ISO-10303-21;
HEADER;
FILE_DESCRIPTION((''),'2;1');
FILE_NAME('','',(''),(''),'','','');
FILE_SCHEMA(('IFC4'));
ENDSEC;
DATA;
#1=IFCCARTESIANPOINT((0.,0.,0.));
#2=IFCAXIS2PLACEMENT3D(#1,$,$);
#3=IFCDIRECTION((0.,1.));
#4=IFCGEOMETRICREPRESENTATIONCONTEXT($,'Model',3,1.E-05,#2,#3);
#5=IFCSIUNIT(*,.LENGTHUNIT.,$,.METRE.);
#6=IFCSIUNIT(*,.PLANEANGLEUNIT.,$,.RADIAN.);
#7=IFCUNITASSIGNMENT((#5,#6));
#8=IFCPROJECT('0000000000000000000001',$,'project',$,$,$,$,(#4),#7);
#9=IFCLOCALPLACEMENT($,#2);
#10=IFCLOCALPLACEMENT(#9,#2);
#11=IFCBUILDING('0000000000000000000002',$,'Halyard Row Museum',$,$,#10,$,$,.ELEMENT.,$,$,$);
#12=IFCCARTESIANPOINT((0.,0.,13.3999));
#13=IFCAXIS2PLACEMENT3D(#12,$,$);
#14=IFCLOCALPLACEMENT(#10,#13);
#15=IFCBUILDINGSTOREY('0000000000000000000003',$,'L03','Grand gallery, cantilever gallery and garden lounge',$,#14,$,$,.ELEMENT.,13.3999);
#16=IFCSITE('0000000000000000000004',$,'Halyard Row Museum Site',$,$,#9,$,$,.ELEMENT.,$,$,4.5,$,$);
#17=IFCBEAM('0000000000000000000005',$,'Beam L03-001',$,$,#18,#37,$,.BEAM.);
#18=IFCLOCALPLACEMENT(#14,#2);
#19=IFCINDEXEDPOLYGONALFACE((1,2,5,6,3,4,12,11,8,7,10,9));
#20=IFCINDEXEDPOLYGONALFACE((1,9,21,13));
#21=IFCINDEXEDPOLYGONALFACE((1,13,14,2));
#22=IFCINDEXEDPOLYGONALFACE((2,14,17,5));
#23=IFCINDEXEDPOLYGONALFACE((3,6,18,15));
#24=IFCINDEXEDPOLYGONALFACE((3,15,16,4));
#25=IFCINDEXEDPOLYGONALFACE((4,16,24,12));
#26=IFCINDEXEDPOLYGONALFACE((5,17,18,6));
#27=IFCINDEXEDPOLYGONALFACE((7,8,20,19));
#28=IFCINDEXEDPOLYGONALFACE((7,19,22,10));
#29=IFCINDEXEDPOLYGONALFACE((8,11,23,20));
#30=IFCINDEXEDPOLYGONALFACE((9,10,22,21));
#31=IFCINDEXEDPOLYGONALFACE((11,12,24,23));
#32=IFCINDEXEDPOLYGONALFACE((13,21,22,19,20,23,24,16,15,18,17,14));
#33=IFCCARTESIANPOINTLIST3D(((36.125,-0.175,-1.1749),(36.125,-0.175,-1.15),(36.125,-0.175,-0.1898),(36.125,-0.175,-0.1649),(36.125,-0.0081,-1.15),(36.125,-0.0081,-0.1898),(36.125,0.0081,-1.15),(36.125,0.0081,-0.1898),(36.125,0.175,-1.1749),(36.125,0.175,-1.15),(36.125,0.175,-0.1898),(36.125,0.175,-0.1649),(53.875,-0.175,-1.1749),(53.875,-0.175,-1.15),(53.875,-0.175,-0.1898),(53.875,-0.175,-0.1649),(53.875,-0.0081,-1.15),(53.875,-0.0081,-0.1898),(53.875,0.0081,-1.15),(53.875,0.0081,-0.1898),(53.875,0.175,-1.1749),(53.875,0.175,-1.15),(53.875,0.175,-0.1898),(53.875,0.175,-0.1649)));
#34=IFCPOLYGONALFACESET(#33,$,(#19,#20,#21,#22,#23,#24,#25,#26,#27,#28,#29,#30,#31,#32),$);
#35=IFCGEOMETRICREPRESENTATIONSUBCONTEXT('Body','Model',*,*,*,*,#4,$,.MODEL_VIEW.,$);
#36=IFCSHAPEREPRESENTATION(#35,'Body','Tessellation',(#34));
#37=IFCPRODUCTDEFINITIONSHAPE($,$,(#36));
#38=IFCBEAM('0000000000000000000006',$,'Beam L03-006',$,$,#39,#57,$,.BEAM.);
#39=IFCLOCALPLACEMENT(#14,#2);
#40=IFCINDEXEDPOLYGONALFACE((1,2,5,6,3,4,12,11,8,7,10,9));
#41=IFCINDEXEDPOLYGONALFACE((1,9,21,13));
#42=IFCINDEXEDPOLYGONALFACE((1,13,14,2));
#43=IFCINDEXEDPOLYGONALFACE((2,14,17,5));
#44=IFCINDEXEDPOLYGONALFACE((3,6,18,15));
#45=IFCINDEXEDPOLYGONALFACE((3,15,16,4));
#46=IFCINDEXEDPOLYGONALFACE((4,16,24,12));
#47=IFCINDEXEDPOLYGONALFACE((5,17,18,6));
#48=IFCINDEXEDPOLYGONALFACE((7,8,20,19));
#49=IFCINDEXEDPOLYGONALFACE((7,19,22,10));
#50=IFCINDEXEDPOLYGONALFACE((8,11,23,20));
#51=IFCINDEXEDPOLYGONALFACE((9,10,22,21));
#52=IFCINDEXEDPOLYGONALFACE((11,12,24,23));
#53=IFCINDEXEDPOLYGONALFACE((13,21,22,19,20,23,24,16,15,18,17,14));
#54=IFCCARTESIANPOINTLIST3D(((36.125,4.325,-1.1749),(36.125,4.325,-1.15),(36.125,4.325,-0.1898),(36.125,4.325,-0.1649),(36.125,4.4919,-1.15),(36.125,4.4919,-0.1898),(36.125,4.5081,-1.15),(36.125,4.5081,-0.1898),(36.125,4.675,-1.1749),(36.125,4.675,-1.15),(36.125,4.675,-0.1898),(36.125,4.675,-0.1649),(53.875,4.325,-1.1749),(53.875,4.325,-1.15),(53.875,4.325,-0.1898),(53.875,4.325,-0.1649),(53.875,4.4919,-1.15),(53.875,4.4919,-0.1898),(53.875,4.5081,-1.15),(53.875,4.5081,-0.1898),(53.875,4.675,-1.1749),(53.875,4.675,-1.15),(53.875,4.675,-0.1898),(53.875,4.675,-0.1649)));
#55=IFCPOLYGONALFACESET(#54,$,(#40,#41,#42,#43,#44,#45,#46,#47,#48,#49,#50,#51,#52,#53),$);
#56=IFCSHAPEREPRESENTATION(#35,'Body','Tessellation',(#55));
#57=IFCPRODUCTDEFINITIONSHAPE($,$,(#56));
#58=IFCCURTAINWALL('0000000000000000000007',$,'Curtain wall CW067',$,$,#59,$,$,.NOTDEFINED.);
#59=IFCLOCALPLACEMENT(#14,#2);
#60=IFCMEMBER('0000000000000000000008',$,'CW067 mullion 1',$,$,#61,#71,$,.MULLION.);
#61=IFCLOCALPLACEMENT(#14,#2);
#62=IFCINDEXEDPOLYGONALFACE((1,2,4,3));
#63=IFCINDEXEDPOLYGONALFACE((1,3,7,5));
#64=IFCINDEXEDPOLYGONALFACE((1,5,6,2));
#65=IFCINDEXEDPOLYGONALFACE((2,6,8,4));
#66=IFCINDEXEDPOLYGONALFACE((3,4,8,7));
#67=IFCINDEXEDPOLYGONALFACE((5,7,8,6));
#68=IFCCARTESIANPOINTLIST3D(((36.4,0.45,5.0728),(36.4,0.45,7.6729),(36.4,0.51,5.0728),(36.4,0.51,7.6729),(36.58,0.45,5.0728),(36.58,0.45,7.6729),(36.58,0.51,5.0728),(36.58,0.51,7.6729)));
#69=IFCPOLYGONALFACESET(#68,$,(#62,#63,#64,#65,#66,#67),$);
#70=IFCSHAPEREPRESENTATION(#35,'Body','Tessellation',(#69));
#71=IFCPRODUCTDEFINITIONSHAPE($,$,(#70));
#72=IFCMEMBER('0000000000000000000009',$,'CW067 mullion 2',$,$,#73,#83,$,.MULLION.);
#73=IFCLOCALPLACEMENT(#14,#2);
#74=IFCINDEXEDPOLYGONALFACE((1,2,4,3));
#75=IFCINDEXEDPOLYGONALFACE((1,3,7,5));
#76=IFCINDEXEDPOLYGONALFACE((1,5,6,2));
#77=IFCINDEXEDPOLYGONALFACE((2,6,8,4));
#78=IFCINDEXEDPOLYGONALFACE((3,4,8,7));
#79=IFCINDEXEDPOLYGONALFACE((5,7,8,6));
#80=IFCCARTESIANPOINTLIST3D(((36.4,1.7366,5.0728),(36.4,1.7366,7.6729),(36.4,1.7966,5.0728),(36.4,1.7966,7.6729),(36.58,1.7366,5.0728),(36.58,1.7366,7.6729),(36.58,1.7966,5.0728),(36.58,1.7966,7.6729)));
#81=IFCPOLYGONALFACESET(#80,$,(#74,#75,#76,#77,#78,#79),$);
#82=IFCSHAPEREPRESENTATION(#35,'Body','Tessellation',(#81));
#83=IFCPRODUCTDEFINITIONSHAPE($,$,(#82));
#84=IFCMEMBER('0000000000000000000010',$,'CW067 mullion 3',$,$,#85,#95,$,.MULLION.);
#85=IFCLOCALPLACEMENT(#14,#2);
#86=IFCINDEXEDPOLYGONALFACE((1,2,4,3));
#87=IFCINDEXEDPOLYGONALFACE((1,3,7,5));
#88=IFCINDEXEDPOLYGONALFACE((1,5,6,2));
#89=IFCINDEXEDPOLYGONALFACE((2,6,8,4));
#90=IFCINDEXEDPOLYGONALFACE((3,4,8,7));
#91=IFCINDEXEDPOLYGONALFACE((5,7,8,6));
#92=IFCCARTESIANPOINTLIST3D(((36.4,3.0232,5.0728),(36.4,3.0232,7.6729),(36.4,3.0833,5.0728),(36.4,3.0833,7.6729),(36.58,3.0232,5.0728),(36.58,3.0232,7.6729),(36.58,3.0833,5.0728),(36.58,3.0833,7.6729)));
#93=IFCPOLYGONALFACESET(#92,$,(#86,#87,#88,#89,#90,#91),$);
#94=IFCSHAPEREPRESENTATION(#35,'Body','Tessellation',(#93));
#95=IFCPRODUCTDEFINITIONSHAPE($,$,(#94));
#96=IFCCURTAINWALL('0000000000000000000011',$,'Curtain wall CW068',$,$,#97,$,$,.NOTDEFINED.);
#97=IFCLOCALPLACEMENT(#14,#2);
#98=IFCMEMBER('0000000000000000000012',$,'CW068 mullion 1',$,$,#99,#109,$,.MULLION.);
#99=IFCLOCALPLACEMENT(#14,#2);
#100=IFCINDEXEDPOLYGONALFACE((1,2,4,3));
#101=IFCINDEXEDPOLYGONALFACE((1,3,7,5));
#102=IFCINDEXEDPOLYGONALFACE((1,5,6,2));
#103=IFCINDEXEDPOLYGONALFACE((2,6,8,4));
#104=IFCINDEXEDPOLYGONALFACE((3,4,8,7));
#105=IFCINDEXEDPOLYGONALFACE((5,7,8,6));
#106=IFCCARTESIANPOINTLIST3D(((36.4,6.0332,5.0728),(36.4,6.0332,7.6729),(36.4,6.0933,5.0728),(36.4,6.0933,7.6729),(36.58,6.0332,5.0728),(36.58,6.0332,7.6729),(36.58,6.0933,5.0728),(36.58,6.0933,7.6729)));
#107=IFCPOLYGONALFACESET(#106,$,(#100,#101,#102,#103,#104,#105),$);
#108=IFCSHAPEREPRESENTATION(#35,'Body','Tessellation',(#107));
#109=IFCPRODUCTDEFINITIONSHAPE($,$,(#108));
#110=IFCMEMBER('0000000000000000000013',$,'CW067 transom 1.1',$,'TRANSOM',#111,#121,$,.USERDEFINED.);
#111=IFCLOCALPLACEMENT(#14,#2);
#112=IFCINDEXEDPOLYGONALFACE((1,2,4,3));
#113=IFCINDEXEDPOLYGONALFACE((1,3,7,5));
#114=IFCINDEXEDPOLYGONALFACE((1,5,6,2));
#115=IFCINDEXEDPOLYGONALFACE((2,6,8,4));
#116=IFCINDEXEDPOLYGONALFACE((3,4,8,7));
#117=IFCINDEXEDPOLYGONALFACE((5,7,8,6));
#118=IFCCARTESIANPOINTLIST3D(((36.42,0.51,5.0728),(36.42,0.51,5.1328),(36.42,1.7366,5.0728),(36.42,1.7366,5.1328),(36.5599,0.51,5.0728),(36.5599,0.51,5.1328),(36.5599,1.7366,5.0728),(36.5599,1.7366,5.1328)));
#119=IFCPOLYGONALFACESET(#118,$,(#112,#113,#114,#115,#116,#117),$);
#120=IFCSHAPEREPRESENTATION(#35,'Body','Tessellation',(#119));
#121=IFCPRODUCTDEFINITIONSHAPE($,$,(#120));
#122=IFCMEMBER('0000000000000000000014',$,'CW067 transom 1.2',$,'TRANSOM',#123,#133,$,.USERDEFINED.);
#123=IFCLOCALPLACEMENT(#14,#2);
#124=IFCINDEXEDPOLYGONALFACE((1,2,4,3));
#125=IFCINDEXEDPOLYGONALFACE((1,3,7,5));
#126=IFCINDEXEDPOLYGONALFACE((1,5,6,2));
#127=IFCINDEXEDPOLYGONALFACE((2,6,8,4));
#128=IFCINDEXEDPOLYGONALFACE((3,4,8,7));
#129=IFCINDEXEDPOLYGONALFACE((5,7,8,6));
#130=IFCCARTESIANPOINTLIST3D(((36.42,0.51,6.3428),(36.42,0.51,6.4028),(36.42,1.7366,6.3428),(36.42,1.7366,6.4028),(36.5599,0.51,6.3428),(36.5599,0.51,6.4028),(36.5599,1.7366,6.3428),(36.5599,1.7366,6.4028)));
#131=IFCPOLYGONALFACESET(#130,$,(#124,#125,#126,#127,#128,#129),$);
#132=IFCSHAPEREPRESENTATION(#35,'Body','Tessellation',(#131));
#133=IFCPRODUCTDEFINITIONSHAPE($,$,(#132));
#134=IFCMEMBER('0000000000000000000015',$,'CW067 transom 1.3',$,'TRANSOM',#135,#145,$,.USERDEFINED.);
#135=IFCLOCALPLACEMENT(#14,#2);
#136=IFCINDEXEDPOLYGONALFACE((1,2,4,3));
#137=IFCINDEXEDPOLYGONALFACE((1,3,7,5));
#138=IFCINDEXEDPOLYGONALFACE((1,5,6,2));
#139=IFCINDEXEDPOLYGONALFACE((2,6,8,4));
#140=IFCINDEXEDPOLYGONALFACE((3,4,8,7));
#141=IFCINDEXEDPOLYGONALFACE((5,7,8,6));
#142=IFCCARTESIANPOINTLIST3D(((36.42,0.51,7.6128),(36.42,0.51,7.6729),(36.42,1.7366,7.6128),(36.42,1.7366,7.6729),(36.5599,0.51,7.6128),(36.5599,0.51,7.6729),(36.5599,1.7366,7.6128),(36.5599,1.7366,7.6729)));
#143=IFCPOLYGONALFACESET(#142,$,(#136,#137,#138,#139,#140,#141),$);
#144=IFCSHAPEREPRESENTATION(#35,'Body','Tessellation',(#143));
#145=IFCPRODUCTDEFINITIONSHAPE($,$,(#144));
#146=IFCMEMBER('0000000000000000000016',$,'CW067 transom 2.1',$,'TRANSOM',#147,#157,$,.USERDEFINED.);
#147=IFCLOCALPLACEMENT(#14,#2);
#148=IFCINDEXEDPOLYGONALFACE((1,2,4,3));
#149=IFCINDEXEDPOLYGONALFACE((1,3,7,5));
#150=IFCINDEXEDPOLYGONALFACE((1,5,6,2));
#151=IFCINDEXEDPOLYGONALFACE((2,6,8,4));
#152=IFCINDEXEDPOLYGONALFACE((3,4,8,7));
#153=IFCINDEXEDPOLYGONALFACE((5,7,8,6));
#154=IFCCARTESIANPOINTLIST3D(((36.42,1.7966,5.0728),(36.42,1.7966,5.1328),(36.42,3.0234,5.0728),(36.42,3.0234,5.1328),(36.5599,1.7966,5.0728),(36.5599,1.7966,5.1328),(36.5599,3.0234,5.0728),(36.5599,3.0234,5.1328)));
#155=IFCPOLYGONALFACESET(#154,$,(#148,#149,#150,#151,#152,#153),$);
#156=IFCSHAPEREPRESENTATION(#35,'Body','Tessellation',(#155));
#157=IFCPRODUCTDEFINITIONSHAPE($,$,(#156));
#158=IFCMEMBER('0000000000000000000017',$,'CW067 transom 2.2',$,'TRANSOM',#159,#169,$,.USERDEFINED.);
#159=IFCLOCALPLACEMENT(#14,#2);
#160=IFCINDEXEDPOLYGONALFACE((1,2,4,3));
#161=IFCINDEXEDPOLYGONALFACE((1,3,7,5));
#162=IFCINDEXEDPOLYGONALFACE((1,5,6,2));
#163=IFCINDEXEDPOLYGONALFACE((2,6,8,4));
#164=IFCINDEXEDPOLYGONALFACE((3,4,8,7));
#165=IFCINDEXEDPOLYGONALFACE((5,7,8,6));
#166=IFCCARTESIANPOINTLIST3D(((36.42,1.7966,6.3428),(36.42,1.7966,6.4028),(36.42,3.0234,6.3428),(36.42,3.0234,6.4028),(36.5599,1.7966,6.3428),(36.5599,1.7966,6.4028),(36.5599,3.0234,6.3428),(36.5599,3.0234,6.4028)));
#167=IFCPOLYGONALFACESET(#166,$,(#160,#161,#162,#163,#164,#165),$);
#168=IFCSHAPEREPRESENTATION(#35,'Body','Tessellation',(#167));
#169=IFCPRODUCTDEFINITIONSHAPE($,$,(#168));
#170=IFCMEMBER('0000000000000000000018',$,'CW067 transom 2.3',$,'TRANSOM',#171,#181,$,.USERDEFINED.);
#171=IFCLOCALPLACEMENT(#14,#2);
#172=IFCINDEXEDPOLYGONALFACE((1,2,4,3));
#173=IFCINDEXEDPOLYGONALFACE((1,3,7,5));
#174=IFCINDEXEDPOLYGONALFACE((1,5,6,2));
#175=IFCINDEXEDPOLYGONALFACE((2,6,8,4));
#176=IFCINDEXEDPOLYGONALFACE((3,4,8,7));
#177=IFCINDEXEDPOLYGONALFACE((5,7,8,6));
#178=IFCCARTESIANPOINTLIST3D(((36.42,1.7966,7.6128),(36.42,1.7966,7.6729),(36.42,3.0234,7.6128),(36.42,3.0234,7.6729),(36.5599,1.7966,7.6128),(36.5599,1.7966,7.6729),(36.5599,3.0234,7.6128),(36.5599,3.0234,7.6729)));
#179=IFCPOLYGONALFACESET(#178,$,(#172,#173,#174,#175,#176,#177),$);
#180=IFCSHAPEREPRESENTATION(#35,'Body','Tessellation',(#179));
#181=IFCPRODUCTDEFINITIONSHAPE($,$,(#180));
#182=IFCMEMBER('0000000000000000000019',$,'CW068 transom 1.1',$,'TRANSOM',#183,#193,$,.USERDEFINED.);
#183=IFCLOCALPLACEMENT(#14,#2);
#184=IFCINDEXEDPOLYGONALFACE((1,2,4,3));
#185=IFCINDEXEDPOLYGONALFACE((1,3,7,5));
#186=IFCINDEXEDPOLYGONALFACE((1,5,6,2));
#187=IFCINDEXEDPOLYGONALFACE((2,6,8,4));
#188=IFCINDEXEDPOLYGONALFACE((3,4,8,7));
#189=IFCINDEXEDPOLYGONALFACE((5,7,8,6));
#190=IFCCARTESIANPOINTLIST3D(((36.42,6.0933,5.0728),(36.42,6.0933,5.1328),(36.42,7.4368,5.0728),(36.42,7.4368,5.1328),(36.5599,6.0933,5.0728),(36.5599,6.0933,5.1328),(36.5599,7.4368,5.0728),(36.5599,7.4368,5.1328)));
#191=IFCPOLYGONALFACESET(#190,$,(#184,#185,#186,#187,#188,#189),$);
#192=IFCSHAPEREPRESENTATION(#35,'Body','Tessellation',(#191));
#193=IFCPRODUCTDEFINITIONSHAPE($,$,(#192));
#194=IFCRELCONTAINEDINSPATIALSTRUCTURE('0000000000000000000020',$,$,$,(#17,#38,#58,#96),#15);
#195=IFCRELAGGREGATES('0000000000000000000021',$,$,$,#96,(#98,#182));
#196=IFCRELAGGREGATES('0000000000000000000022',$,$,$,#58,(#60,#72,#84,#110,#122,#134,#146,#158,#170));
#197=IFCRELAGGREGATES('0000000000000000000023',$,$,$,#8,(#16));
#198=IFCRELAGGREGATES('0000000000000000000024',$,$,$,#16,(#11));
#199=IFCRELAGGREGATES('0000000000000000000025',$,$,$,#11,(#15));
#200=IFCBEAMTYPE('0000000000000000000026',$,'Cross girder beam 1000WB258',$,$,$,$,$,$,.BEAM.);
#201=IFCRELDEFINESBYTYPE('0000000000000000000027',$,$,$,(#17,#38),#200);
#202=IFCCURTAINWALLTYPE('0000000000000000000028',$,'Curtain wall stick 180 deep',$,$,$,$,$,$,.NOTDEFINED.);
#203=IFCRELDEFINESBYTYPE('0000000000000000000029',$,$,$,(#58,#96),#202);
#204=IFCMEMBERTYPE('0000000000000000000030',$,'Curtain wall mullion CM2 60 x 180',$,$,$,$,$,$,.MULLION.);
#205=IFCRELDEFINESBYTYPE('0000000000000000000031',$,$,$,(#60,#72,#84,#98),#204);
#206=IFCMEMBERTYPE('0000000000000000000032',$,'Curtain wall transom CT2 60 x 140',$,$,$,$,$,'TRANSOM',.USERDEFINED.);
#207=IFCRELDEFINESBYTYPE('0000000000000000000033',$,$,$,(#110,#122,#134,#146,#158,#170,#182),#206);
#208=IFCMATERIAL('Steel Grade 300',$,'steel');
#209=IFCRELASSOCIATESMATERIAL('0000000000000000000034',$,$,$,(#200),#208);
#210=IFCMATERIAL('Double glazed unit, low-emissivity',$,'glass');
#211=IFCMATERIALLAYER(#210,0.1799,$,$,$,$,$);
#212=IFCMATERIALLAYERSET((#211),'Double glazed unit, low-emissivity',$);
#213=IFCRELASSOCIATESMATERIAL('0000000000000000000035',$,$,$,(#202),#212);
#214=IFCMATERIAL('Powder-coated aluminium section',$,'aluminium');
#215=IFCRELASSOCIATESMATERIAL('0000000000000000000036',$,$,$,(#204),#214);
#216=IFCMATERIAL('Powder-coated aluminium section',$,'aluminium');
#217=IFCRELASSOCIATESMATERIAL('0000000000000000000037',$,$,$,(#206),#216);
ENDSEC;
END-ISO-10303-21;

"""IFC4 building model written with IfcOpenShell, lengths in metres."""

from ifc_helpers import new_model, si_unit, direction, frame, origin, origin_2d, place, context, subcontext, project, spatial, rectangle, i_section, extrude, material, layer, layer_set, material_profile, profile_set, type_object, element, aggregate, save


model = new_model("IFC4")

# Units and contexts
model_context = context("Model", 3, precision=1e-05, world=origin(), true_north=direction((0.0, 1.0)))
body_context = subcontext(model_context, "Body", "Model", "MODEL_VIEW")
ifc_project = project(units=[si_unit("LENGTHUNIT", "METRE"), si_unit("PLANEANGLEUNIT", "RADIAN")], contexts=[model_context])

# Site, building, storey
site_placement = place(None, origin())
site = spatial("IfcSite", under=ifc_project, at=site_placement, Name="Halyard Row Museum Site", CompositionType="ELEMENT", RefElevation=4.5)
building_placement = place(site_placement, origin())
building = spatial("IfcBuilding", under=site, at=building_placement, Name="Halyard Row Museum", CompositionType="ELEMENT")
storey_placement = place(building_placement, frame((0.0, 0.0, 13.3999)))
storey = spatial("IfcBuildingStorey", under=building, at=storey_placement, Name="L03", Description="Grand gallery, cantilever gallery and garden lounge", CompositionType="ELEMENT", Elevation=13.3999)

# Beams
ifc_material_1 = material(Name="Steel Grade 300", Category="steel")
ifc_material_profile_1 = material_profile(ifc_material_1, i_section(OverallWidth=0.3501, OverallDepth=1.01, WebThickness=0.0161, FlangeThickness=0.0249, at=origin_2d()), Name="1000WB258")
ifc_profile_set_1 = profile_set([ifc_material_profile_1], Name="Steel Grade 300")
beam_type = type_object("IfcBeamType", Name="Cross girder beam 1000WB258", PredefinedType="BEAM", material=ifc_profile_set_1)
for number, where, z_axis, x_axis, name in (
    (1, (36.125, 0.0, -0.6699), (1.0, 0.0, 0.0), (0.0, 1.0, 0.0), "Beam L03-001"),
    (2, (36.125, 4.5, -0.6699), (1.0, 0.0, 0.0), (0.0, 1.0, 0.0), "Beam L03-006"),
):
    element("IfcBeam", number, at=place(storey_placement, frame(where, z_axis=z_axis, x_axis=x_axis)), inside=storey, type_object=beam_type, Name=name, PredefinedType="BEAM", context=body_context, shape_type="SweptSolid", body=[
        extrude(i_section(OverallWidth=0.3501, OverallDepth=1.01, WebThickness=0.0161, FlangeThickness=0.0249, at=origin_2d()), origin(), (0.0, 0.0, 1.0), 17.75),
    ])

# Curtain wall, members
ifc_material_2 = material(Name="Double glazed unit, low-emissivity", Category="glass")
ifc_layer_1 = layer(ifc_material_2, 0.1799)
ifc_layer_set_1 = layer_set([ifc_layer_1], Name="Double glazed unit, low-emissivity")
curtain_wall_type = type_object("IfcCurtainWallType", Name="Curtain wall stick 180 deep", PredefinedType="NOTDEFINED", material=ifc_layer_set_1)
curtain_wall_1_placement = place(storey_placement, origin())
curtain_wall_1 = element("IfcCurtainWall", 3, at=curtain_wall_1_placement, inside=storey, type_object=curtain_wall_type, Name="Curtain wall CW067", PredefinedType="NOTDEFINED")
ifc_material_3 = material(Name="Powder-coated aluminium section", Category="aluminium")
ifc_material_profile_2 = material_profile(ifc_material_3, rectangle(XDim=0.1799, YDim=0.0601, at=origin_2d()), Name="180x60 mullion")
ifc_profile_set_2 = profile_set([ifc_material_profile_2], Name="Powder-coated aluminium section")
member_type_1 = type_object("IfcMemberType", Name="Curtain wall mullion CM2 60 x 180", PredefinedType="MULLION", material=ifc_profile_set_2)
member_1_placement = place(storey_placement, frame((36.49, 0.48, 5.0728), z_axis=(0.0, 0.0, 1.0), x_axis=(-1.0, 0.0, 0.0)))
member_1 = element("IfcMember", 4, at=member_1_placement, type_object=member_type_1, Name="CW067 mullion 1", PredefinedType="MULLION", context=body_context, shape_type="SweptSolid", body=[
    extrude(rectangle(XDim=0.1799, YDim=0.0601, at=origin_2d()), origin(), (0.0, 0.0, 1.0), 2.6001),
])
member_2_placement = place(storey_placement, frame((36.49, 1.7666, 5.0728), z_axis=(0.0, 0.0, 1.0), x_axis=(-1.0, 0.0, 0.0)))
member_2 = element("IfcMember", 5, at=member_2_placement, type_object=member_type_1, Name="CW067 mullion 2", PredefinedType="MULLION", context=body_context, shape_type="SweptSolid", body=[
    extrude(rectangle(XDim=0.1799, YDim=0.0601, at=origin_2d()), origin(), (0.0, 0.0, 1.0), 2.6001),
])
member_3_placement = place(storey_placement, frame((36.49, 3.0532, 5.0728), z_axis=(0.0, 0.0, 1.0), x_axis=(-1.0, 0.0, 0.0)))
member_3 = element("IfcMember", 6, at=member_3_placement, type_object=member_type_1, Name="CW067 mullion 3", PredefinedType="MULLION", context=body_context, shape_type="SweptSolid", body=[
    extrude(rectangle(XDim=0.1799, YDim=0.0601, at=origin_2d()), origin(), (0.0, 0.0, 1.0), 2.6001),
])

# Curtain wall, member
curtain_wall_2_placement = place(storey_placement, origin())
curtain_wall_2 = element("IfcCurtainWall", 7, at=curtain_wall_2_placement, inside=storey, type_object=curtain_wall_type, Name="Curtain wall CW068", PredefinedType="NOTDEFINED")
member_4_placement = place(storey_placement, frame((36.49, 6.0632, 5.0728), z_axis=(0.0, 0.0, 1.0), x_axis=(-1.0, 0.0, 0.0)))
member_4 = element("IfcMember", 8, at=member_4_placement, type_object=member_type_1, Name="CW068 mullion 1", PredefinedType="MULLION", context=body_context, shape_type="SweptSolid", body=[
    extrude(rectangle(XDim=0.1799, YDim=0.0601, at=origin_2d()), origin(), (0.0, 0.0, 1.0), 2.6001),
])

# Members
ifc_material_4 = material(Name="Powder-coated aluminium section", Category="aluminium")
ifc_material_profile_3 = material_profile(ifc_material_4, rectangle(XDim=0.1399, YDim=0.0601, at=origin_2d()), Name="140x60 transom")
ifc_profile_set_3 = profile_set([ifc_material_profile_3], Name="Powder-coated aluminium section")
member_type_2 = type_object("IfcMemberType", Name="Curtain wall transom CT2 60 x 140", ElementType="TRANSOM", PredefinedType="USERDEFINED", material=ifc_profile_set_3)
member_5_placement = place(storey_placement, frame((36.49, 0.51, 5.1028), z_axis=(0.0, 1.0, 0.0), x_axis=(-1.0, 0.0, 0.0)))
member_5 = element("IfcMember", 9, at=member_5_placement, type_object=member_type_2, Name="CW067 transom 1.1", ObjectType="TRANSOM", PredefinedType="USERDEFINED", context=body_context, shape_type="SweptSolid", body=[
    extrude(rectangle(XDim=0.1399, YDim=0.0601, at=origin_2d()), origin(), (0.0, 0.0, 1.0), 1.2266),
])
member_6_placement = place(storey_placement, frame((36.49, 0.51, 6.3728), z_axis=(0.0, 1.0, 0.0), x_axis=(-1.0, 0.0, 0.0)))
member_6 = element("IfcMember", 10, at=member_6_placement, type_object=member_type_2, Name="CW067 transom 1.2", ObjectType="TRANSOM", PredefinedType="USERDEFINED", context=body_context, shape_type="SweptSolid", body=[
    extrude(rectangle(XDim=0.1399, YDim=0.0601, at=origin_2d()), origin(), (0.0, 0.0, 1.0), 1.2266),
])
member_7_placement = place(storey_placement, frame((36.49, 0.51, 7.6428), z_axis=(0.0, 1.0, 0.0), x_axis=(-1.0, 0.0, 0.0)))
member_7 = element("IfcMember", 11, at=member_7_placement, type_object=member_type_2, Name="CW067 transom 1.3", ObjectType="TRANSOM", PredefinedType="USERDEFINED", context=body_context, shape_type="SweptSolid", body=[
    extrude(rectangle(XDim=0.1399, YDim=0.0601, at=origin_2d()), origin(), (0.0, 0.0, 1.0), 1.2266),
])
member_8_placement = place(storey_placement, frame((36.49, 1.7966, 5.1028), z_axis=(0.0, 1.0, 0.0), x_axis=(-1.0, 0.0, 0.0)))
member_8 = element("IfcMember", 12, at=member_8_placement, type_object=member_type_2, Name="CW067 transom 2.1", ObjectType="TRANSOM", PredefinedType="USERDEFINED", context=body_context, shape_type="SweptSolid", body=[
    extrude(rectangle(XDim=0.1399, YDim=0.0601, at=origin_2d()), origin(), (0.0, 0.0, 1.0), 1.2268),
])
member_9_placement = place(storey_placement, frame((36.49, 1.7966, 6.3728), z_axis=(0.0, 1.0, 0.0), x_axis=(-1.0, 0.0, 0.0)))
member_9 = element("IfcMember", 13, at=member_9_placement, type_object=member_type_2, Name="CW067 transom 2.2", ObjectType="TRANSOM", PredefinedType="USERDEFINED", context=body_context, shape_type="SweptSolid", body=[
    extrude(rectangle(XDim=0.1399, YDim=0.0601, at=origin_2d()), origin(), (0.0, 0.0, 1.0), 1.2268),
])
member_10_placement = place(storey_placement, frame((36.49, 1.7966, 7.6428), z_axis=(0.0, 1.0, 0.0), x_axis=(-1.0, 0.0, 0.0)))
member_10 = element("IfcMember", 14, at=member_10_placement, type_object=member_type_2, Name="CW067 transom 2.3", ObjectType="TRANSOM", PredefinedType="USERDEFINED", context=body_context, shape_type="SweptSolid", body=[
    extrude(rectangle(XDim=0.1399, YDim=0.0601, at=origin_2d()), origin(), (0.0, 0.0, 1.0), 1.2268),
])
member_11_placement = place(storey_placement, frame((36.49, 6.0933, 5.1028), z_axis=(0.0, 1.0, 0.0), x_axis=(-1.0, 0.0, 0.0)))
member_11 = element("IfcMember", 15, at=member_11_placement, type_object=member_type_2, Name="CW068 transom 1.1", ObjectType="TRANSOM", PredefinedType="USERDEFINED", context=body_context, shape_type="SweptSolid", body=[
    extrude(rectangle(XDim=0.1399, YDim=0.0601, at=origin_2d()), origin(), (0.0, 0.0, 1.0), 1.3435),
])
aggregate(curtain_wall_2, [member_4, member_11])

aggregate(curtain_wall_1, [member_1, member_2, member_3, member_5, member_6, member_7, member_8, member_9, member_10])

save(model, "model.ifc")
